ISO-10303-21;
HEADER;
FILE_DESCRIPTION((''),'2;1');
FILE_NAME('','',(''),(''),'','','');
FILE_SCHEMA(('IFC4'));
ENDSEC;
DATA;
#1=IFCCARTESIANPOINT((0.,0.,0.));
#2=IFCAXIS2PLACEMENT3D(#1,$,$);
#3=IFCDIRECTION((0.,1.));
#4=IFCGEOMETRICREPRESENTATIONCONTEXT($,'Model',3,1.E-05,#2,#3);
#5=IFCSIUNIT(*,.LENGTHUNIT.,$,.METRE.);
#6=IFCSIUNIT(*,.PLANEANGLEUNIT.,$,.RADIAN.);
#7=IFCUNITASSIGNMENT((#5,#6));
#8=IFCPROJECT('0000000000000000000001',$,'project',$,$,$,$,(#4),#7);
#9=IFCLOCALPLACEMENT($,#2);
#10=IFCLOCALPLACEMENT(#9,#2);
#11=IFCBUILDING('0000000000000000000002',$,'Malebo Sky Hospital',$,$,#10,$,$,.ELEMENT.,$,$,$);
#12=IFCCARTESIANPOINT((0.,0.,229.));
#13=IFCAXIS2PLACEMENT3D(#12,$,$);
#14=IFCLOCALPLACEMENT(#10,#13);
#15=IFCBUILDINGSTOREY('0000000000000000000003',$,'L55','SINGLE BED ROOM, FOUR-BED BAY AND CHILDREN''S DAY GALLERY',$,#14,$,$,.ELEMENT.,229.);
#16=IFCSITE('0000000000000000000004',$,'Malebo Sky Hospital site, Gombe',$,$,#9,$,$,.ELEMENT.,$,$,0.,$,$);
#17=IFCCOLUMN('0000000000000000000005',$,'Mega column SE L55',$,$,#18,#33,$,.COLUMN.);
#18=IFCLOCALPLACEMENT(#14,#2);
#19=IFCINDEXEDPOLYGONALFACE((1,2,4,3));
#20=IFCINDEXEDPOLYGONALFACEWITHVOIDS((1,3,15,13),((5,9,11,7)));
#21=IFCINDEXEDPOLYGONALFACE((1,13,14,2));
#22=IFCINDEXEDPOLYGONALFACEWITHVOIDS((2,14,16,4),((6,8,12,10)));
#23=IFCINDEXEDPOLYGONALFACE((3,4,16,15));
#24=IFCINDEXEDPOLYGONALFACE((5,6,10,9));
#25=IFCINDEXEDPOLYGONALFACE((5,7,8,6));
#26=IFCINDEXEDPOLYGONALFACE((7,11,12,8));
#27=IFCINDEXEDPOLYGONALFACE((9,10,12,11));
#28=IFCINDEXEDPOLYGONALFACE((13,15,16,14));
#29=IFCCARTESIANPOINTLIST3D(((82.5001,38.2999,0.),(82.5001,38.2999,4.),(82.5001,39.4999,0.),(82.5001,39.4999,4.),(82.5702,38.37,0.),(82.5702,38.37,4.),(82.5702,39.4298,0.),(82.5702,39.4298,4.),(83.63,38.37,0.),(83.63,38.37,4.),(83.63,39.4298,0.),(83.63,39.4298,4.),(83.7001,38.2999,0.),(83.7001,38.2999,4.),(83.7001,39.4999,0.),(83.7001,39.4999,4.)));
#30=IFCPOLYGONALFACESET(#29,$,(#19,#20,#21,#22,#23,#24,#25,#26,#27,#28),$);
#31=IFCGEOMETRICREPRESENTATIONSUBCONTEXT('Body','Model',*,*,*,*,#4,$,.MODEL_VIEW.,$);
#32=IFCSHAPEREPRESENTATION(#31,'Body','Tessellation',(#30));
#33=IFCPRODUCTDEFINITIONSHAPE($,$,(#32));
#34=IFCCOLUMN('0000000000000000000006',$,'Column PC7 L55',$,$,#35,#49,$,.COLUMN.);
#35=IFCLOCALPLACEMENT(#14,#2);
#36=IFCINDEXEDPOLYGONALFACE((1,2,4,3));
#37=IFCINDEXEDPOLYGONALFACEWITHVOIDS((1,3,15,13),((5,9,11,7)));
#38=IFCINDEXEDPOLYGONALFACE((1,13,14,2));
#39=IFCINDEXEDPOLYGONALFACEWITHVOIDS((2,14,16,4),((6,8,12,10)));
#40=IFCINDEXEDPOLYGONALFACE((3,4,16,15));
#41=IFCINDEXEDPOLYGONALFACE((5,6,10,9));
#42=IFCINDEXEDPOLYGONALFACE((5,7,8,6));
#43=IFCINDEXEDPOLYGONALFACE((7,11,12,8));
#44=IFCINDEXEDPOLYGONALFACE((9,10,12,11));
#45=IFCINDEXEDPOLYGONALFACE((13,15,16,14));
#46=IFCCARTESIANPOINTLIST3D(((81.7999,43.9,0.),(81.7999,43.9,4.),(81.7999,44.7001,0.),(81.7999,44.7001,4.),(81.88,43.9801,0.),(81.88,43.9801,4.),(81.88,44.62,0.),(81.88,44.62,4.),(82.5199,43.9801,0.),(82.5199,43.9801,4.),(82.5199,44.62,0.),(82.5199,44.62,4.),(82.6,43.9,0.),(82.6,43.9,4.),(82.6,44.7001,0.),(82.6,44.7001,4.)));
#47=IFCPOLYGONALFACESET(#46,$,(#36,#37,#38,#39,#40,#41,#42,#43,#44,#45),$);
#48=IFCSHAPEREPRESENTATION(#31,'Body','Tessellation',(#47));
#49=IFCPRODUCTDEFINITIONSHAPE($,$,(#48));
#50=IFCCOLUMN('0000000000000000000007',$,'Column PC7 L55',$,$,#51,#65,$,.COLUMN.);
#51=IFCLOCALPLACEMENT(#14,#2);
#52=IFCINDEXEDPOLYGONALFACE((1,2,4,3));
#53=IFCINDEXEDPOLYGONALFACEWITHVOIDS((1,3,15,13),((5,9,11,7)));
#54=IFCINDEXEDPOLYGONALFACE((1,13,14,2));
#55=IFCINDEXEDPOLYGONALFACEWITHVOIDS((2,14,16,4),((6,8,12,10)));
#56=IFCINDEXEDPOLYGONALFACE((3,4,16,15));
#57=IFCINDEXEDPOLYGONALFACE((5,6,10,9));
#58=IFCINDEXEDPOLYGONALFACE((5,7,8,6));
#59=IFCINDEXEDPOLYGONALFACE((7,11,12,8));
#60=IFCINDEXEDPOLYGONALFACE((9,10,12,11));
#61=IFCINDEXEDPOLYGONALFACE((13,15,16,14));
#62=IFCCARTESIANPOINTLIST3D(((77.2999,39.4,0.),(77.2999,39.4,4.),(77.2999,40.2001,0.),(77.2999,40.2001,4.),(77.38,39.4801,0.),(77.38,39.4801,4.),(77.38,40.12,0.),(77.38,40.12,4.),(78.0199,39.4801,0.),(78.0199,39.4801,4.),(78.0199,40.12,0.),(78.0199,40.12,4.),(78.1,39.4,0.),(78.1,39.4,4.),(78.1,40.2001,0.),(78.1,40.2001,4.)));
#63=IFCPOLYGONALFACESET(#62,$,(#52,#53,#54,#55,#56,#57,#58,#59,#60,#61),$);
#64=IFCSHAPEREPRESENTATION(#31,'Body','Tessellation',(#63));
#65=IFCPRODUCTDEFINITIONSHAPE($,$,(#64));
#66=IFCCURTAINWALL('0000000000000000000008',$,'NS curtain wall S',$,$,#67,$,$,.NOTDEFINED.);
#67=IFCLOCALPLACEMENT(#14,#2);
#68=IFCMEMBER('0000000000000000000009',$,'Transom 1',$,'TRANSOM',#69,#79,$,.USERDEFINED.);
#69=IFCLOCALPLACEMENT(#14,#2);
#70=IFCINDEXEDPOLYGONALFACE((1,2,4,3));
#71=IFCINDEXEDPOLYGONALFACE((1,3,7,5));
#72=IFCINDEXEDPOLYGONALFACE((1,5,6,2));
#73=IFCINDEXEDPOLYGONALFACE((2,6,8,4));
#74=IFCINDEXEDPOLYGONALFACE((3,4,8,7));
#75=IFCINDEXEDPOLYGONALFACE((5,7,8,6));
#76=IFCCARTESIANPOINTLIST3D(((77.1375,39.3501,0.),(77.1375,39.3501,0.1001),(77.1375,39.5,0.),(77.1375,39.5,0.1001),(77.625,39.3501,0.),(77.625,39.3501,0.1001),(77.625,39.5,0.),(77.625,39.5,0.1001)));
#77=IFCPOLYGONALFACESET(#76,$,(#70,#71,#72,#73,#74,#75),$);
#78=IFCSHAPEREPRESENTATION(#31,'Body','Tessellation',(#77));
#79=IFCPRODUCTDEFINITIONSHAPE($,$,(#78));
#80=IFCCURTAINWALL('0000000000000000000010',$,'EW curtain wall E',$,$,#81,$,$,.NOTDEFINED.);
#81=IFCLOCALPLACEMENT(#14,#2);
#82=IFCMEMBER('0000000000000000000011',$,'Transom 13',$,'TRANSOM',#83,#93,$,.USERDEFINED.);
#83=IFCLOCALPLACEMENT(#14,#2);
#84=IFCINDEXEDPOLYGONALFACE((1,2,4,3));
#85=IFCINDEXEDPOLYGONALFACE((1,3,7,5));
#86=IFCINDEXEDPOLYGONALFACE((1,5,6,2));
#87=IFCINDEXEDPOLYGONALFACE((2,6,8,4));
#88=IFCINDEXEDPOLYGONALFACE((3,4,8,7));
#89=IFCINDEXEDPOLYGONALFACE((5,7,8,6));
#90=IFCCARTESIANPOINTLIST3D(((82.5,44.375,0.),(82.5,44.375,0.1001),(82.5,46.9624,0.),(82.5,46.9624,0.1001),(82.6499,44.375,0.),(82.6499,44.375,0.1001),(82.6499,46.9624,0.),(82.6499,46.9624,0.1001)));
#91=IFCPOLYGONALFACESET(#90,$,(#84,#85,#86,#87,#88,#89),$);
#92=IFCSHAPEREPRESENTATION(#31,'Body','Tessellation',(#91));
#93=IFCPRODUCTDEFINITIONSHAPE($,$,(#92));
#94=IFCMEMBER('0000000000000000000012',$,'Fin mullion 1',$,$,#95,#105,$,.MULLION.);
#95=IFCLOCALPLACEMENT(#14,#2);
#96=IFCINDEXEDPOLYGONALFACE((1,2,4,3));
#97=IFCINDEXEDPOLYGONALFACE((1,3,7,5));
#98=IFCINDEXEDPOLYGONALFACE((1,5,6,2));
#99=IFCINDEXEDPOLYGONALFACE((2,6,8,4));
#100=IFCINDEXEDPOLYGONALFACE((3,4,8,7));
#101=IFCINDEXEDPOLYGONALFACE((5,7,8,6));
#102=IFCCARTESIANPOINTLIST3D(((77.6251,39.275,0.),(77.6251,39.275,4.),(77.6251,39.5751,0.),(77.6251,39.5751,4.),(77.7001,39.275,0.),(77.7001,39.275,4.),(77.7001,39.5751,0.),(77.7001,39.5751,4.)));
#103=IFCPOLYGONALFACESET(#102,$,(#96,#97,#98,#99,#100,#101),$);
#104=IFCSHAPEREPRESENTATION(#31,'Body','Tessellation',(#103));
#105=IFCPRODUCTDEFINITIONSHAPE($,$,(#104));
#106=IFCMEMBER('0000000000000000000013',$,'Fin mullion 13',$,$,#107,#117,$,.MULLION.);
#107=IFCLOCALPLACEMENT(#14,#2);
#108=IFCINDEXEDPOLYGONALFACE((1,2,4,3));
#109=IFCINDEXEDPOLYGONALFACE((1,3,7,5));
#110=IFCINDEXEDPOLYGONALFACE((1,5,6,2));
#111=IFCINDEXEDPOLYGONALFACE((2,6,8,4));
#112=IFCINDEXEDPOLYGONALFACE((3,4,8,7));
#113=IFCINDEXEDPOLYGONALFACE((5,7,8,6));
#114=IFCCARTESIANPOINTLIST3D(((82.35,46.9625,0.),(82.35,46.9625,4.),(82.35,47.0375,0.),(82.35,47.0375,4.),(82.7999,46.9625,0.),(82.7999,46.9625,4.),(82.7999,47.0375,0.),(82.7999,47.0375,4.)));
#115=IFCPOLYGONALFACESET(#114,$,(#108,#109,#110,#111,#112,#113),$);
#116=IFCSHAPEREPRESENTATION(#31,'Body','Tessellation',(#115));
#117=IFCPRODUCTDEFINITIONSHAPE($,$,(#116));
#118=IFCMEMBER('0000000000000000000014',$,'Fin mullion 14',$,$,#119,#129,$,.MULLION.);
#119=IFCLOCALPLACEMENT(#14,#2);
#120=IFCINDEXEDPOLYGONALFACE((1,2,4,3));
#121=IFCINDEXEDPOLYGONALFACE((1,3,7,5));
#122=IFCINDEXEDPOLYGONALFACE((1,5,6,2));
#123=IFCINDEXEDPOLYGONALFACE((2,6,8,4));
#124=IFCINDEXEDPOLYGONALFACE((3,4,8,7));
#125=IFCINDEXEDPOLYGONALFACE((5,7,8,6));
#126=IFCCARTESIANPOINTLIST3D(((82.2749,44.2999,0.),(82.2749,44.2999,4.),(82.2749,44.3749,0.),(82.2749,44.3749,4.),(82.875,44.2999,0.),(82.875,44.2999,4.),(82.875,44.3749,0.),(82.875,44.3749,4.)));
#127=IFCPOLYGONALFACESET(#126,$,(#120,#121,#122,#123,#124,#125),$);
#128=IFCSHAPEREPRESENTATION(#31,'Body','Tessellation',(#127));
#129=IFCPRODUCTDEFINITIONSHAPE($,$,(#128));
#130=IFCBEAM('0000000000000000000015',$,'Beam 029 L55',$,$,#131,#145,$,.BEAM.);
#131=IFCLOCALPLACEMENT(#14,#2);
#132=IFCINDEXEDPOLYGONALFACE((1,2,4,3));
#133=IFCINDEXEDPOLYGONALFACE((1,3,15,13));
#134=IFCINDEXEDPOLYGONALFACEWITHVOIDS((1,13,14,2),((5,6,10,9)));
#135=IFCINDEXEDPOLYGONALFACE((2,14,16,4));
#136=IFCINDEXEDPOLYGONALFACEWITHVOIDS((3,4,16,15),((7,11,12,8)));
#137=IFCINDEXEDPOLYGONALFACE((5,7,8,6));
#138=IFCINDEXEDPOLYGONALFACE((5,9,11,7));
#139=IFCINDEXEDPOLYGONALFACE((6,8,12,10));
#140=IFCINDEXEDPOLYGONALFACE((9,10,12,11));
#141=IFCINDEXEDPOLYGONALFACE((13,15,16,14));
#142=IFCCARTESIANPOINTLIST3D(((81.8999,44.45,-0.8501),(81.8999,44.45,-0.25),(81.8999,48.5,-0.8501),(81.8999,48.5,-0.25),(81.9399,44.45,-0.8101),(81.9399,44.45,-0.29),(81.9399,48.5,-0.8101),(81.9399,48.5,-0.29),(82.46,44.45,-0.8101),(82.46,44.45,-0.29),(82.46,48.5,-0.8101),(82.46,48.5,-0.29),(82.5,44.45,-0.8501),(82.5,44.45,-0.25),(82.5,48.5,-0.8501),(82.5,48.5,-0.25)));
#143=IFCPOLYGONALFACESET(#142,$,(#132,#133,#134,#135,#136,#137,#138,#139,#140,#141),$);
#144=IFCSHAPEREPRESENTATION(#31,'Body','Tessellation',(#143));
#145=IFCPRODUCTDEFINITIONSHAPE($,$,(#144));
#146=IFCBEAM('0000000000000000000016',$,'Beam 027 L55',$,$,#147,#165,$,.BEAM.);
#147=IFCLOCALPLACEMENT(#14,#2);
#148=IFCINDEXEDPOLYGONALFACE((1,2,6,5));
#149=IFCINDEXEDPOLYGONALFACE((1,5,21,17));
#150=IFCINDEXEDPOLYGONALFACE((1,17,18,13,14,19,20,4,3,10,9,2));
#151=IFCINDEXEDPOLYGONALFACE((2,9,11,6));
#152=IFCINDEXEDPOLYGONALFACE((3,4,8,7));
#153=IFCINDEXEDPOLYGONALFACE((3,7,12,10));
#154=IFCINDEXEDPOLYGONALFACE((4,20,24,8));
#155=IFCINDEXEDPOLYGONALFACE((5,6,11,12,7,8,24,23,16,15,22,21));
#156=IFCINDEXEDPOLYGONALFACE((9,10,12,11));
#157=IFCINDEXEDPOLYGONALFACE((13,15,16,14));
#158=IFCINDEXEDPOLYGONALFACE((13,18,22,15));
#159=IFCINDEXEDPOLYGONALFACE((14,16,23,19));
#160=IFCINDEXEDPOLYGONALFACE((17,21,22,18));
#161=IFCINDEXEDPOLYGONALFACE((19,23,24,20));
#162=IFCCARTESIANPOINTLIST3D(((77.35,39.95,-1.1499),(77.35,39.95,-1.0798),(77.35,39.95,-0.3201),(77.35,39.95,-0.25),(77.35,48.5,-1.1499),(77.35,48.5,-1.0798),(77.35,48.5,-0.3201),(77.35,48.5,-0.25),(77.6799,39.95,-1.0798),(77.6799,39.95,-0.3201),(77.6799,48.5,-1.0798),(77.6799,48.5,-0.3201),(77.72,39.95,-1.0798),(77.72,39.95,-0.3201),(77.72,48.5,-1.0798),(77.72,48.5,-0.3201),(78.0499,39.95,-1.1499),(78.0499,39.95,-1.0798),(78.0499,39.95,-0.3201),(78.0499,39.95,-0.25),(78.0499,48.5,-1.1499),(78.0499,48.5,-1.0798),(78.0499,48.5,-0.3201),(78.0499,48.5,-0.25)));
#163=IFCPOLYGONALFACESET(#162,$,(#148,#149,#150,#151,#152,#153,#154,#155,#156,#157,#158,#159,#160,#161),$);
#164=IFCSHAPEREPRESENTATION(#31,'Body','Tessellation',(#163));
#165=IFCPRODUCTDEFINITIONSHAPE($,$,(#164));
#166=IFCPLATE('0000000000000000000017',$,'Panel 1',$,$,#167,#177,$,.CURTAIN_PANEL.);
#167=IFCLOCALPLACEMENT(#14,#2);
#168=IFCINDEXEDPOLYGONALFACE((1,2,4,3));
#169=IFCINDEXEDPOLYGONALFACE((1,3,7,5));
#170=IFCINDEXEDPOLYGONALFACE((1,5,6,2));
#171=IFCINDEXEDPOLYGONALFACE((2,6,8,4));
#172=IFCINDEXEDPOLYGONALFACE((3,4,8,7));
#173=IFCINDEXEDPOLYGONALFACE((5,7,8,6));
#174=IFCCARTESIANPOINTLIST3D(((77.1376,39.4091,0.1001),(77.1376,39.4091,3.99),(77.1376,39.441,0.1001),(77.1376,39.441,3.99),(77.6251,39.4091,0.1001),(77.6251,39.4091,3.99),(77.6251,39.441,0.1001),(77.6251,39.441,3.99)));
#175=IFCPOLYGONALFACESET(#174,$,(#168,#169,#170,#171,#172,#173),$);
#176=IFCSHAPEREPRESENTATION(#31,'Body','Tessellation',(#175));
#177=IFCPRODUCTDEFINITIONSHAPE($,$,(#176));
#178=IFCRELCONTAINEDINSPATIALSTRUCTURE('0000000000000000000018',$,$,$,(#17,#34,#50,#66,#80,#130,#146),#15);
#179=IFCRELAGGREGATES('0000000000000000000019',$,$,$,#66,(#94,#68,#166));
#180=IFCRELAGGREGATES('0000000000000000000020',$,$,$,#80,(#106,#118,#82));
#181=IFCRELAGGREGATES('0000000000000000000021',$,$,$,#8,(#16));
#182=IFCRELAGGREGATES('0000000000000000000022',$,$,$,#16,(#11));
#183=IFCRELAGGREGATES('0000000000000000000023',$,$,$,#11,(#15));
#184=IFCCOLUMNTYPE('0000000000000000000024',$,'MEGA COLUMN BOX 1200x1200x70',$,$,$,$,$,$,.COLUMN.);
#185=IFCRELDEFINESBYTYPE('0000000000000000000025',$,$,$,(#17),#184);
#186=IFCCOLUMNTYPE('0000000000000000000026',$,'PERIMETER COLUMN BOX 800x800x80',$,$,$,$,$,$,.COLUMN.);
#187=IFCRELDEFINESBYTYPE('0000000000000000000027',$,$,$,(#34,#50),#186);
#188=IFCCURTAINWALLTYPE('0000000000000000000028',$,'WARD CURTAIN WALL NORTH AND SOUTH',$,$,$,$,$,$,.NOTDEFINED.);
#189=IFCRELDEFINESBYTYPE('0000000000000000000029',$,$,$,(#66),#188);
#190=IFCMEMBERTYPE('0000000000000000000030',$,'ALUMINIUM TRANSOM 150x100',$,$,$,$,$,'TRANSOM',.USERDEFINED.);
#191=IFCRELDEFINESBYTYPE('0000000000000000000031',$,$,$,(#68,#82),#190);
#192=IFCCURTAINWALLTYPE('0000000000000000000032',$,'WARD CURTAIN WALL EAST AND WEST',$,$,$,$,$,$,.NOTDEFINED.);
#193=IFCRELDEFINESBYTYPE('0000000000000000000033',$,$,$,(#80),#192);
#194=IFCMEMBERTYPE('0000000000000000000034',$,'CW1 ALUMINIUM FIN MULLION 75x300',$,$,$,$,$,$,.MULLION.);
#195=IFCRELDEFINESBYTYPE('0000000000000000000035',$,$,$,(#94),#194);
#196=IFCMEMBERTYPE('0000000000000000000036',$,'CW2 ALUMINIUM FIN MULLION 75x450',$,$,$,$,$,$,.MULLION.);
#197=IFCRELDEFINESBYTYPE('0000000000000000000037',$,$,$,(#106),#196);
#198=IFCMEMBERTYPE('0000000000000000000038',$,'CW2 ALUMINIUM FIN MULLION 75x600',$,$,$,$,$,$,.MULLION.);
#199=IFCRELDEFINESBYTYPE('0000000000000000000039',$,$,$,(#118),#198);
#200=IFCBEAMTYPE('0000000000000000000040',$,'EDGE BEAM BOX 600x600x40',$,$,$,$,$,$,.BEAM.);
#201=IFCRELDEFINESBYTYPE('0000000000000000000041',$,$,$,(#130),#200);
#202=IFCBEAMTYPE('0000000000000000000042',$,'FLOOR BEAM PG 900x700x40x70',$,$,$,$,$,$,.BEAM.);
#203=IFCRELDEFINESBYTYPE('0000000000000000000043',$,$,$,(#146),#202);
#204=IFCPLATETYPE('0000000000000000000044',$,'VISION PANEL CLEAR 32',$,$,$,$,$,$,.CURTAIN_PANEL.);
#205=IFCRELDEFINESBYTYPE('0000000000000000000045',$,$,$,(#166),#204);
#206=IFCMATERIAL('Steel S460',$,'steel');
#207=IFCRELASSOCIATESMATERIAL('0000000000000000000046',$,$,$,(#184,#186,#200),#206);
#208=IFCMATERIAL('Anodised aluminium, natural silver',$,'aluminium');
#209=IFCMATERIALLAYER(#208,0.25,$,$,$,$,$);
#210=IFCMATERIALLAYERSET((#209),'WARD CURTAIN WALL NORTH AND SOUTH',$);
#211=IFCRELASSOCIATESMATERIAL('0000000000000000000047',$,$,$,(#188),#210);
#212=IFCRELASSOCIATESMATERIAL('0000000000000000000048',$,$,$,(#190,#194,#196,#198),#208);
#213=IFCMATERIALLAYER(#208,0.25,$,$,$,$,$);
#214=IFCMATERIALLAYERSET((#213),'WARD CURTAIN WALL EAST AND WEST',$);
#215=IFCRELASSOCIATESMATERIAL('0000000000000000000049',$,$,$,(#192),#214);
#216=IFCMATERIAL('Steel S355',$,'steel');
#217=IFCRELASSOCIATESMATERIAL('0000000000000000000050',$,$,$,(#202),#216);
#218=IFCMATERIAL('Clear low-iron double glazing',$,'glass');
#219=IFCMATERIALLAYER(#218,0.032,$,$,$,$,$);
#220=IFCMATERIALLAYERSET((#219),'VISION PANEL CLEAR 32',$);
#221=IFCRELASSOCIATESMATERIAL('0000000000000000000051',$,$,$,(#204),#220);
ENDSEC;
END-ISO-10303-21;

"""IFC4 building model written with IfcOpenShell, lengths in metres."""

from ifc_helpers import new_model, si_unit, direction, frame, origin, origin_2d, place, context, subcontext, project, spatial, rectangle, hollow_rectangle, i_section, extrude, material, layer, layer_set, material_profile, profile_set, type_object, element, aggregate, save


model = new_model("IFC4")

# Units and contexts
model_context = context("Model", 3, precision=1e-05, world=origin(), true_north=direction((0.0, 1.0)))
body_context = subcontext(model_context, "Body", "Model", "MODEL_VIEW")
ifc_project = project(units=[si_unit("LENGTHUNIT", "METRE"), si_unit("PLANEANGLEUNIT", "RADIAN")], contexts=[model_context])

# Site, building, storey
site_placement = place(None, origin())
site = spatial("IfcSite", under=ifc_project, at=site_placement, Name="Malebo Sky Hospital site, Gombe", CompositionType="ELEMENT", RefElevation=0.0)
building_placement = place(site_placement, origin())
building = spatial("IfcBuilding", under=site, at=building_placement, Name="Malebo Sky Hospital", CompositionType="ELEMENT")
storey_placement = place(building_placement, frame((0.0, 0.0, 229.0)))
storey = spatial("IfcBuildingStorey", under=building, at=storey_placement, Name="L55", Description="SINGLE BED ROOM, FOUR-BED BAY AND CHILDREN'S DAY GALLERY", CompositionType="ELEMENT", Elevation=229.0)

# Columns
ifc_material_1 = material(Name="Steel S460", Category="steel")
ifc_material_profile_1 = material_profile(ifc_material_1, hollow_rectangle(XDim=1.2, YDim=1.2, WallThickness=0.0701, at=origin_2d()), Name="BOX 1200x1200x70")
ifc_profile_set_1 = profile_set([ifc_material_profile_1], Name="Steel S460")
column_type_1 = type_object("IfcColumnType", Name="MEGA COLUMN BOX 1200x1200x70", PredefinedType="COLUMN", material=ifc_profile_set_1)
column_placement = place(storey_placement, frame((83.1001, 38.8999, 0.0), z_axis=(0.0, 0.0, 1.0), x_axis=(1.0, 0.0, 0.0)))
element("IfcColumn", 1, at=column_placement, inside=storey, type_object=column_type_1, Name="Mega column SE L55", PredefinedType="COLUMN", context=body_context, shape_type="SweptSolid", body=[
    extrude(hollow_rectangle(XDim=1.2, YDim=1.2, WallThickness=0.0701, at=origin_2d()), origin(), (0.0, 0.0, 1.0), 4.0),
])
ifc_material_profile_2 = material_profile(ifc_material_1, hollow_rectangle(XDim=0.8, YDim=0.8, WallThickness=0.0801, at=origin_2d()), Name="BOX 800x800x80")
ifc_profile_set_2 = profile_set([ifc_material_profile_2], Name="Steel S460")
column_type_2 = type_object("IfcColumnType", Name="PERIMETER COLUMN BOX 800x800x80", PredefinedType="COLUMN", material=ifc_profile_set_2)
for number, where, z_axis, x_axis, name in (
    (2, (82.2, 44.3, 0.0), (0.0, 0.0, 1.0), (1.0, 0.0, 0.0), "Column PC7 L55"),
    (3, (77.7, 39.8, 0.0), (0.0, 0.0, 1.0), (1.0, 0.0, 0.0), "Column PC7 L55"),
):
    element("IfcColumn", number, at=place(storey_placement, frame(where, z_axis=z_axis, x_axis=x_axis)), inside=storey, type_object=column_type_2, Name=name, PredefinedType="COLUMN", context=body_context, shape_type="SweptSolid", body=[
        extrude(hollow_rectangle(XDim=0.8, YDim=0.8, WallThickness=0.0801, at=origin_2d()), origin(), (0.0, 0.0, 1.0), 4.0),
    ])

# Curtain walls, members
ifc_material_2 = material(Name="Anodised aluminium, natural silver", Category="aluminium")
ifc_layer_1 = layer(ifc_material_2, 0.25)
ifc_layer_set_1 = layer_set([ifc_layer_1], Name="WARD CURTAIN WALL NORTH AND SOUTH")
curtain_wall_type_1 = type_object("IfcCurtainWallType", Name="WARD CURTAIN WALL NORTH AND SOUTH", PredefinedType="NOTDEFINED", material=ifc_layer_set_1)
curtain_wall_1_placement = place(storey_placement, origin())
curtain_wall_1 = element("IfcCurtainWall", 4, at=curtain_wall_1_placement, inside=storey, type_object=curtain_wall_type_1, Name="NS curtain wall S", PredefinedType="NOTDEFINED")
ifc_material_profile_3 = material_profile(ifc_material_2, rectangle(XDim=0.1499, YDim=0.1001, at=origin_2d()), Name="ALUMINIUM TRANSOM 150x100")
ifc_profile_set_3 = profile_set([ifc_material_profile_3], Name="Anodised aluminium, natural silver")
member_type_1 = type_object("IfcMemberType", Name="ALUMINIUM TRANSOM 150x100", ElementType="TRANSOM", PredefinedType="USERDEFINED", material=ifc_profile_set_3)
member_1_placement = place(storey_placement, frame((77.625, 39.425, 0.05), z_axis=(-1.0, 0.0, 0.0), x_axis=(0.0, -1.0, 0.0)))
member_1 = element("IfcMember", 5, at=member_1_placement, type_object=member_type_1, Name="Transom 1", ObjectType="TRANSOM", PredefinedType="USERDEFINED", context=body_context, shape_type="SweptSolid", body=[
    extrude(rectangle(XDim=0.1499, YDim=0.1001, at=origin_2d()), origin(), (0.0, 0.0, 1.0), 0.4875),
])
ifc_layer_2 = layer(ifc_material_2, 0.25)
ifc_layer_set_2 = layer_set([ifc_layer_2], Name="WARD CURTAIN WALL EAST AND WEST")
curtain_wall_type_2 = type_object("IfcCurtainWallType", Name="WARD CURTAIN WALL EAST AND WEST", PredefinedType="NOTDEFINED", material=ifc_layer_set_2)
curtain_wall_2_placement = place(storey_placement, origin())
curtain_wall_2 = element("IfcCurtainWall", 6, at=curtain_wall_2_placement, inside=storey, type_object=curtain_wall_type_2, Name="EW curtain wall E", PredefinedType="NOTDEFINED")
member_2_placement = place(storey_placement, frame((82.575, 46.9624, 0.05), z_axis=(0.0, -1.0, 0.0), x_axis=(1.0, 0.0, 0.0)))
member_2 = element("IfcMember", 7, at=member_2_placement, type_object=member_type_1, Name="Transom 13", ObjectType="TRANSOM", PredefinedType="USERDEFINED", context=body_context, shape_type="SweptSolid", body=[
    extrude(rectangle(XDim=0.1499, YDim=0.1001, at=origin_2d()), origin(), (0.0, 0.0, 1.0), 2.5874),
])

# Members
ifc_material_profile_4 = material_profile(ifc_material_2, rectangle(XDim=0.075, YDim=0.3, at=origin_2d()), Name="CW1 ALUMINIUM FIN MULLION 75x300")
ifc_profile_set_4 = profile_set([ifc_material_profile_4], Name="Anodised aluminium, natural silver")
member_type_2 = type_object("IfcMemberType", Name="CW1 ALUMINIUM FIN MULLION 75x300", PredefinedType="MULLION", material=ifc_profile_set_4)
member_3_placement = place(storey_placement, frame((77.6626, 39.425, 0.0), z_axis=(0.0, 0.0, 1.0), x_axis=(-1.0, 0.0, 0.0)))
member_3 = element("IfcMember", 8, at=member_3_placement, type_object=member_type_2, Name="Fin mullion 1", PredefinedType="MULLION", context=body_context, shape_type="SweptSolid", body=[
    extrude(rectangle(XDim=0.075, YDim=0.3, at=origin_2d()), origin(), (0.0, 0.0, 1.0), 4.0),
])
ifc_material_profile_5 = material_profile(ifc_material_2, rectangle(XDim=0.075, YDim=0.45, at=origin_2d()), Name="CW2 ALUMINIUM FIN MULLION 75x450")
ifc_profile_set_5 = profile_set([ifc_material_profile_5], Name="Anodised aluminium, natural silver")
member_type_3 = type_object("IfcMemberType", Name="CW2 ALUMINIUM FIN MULLION 75x450", PredefinedType="MULLION", material=ifc_profile_set_5)
member_4_placement = place(storey_placement, frame((82.575, 47.0, 0.0), z_axis=(0.0, 0.0, 1.0), x_axis=(0.0, -1.0, 0.0)))
member_4 = element("IfcMember", 9, at=member_4_placement, type_object=member_type_3, Name="Fin mullion 13", PredefinedType="MULLION", context=body_context, shape_type="SweptSolid", body=[
    extrude(rectangle(XDim=0.075, YDim=0.45, at=origin_2d()), origin(), (0.0, 0.0, 1.0), 4.0),
])
ifc_material_profile_6 = material_profile(ifc_material_2, rectangle(XDim=0.075, YDim=0.6001, at=origin_2d()), Name="CW2 ALUMINIUM FIN MULLION 75x600")
ifc_profile_set_6 = profile_set([ifc_material_profile_6], Name="Anodised aluminium, natural silver")
member_type_4 = type_object("IfcMemberType", Name="CW2 ALUMINIUM FIN MULLION 75x600", PredefinedType="MULLION", material=ifc_profile_set_6)
member_5_placement = place(storey_placement, frame((82.575, 44.3374, 0.0), z_axis=(0.0, 0.0, 1.0), x_axis=(0.0, -1.0, 0.0)))
member_5 = element("IfcMember", 10, at=member_5_placement, type_object=member_type_4, Name="Fin mullion 14", PredefinedType="MULLION", context=body_context, shape_type="SweptSolid", body=[
    extrude(rectangle(XDim=0.075, YDim=0.6001, at=origin_2d()), origin(), (0.0, 0.0, 1.0), 4.0),
])

# Beams
ifc_material_profile_7 = material_profile(ifc_material_1, hollow_rectangle(XDim=0.6001, YDim=0.6001, WallThickness=0.04, at=origin_2d()), Name="BOX 600x600x40")
ifc_profile_set_7 = profile_set([ifc_material_profile_7], Name="Steel S460")
beam_type_1 = type_object("IfcBeamType", Name="EDGE BEAM BOX 600x600x40", PredefinedType="BEAM", material=ifc_profile_set_7)
beam_1_placement = place(storey_placement, frame((82.2, 44.45, -0.55), z_axis=(0.0, 1.0, 0.0), x_axis=(-1.0, 0.0, 0.0)))
element("IfcBeam", 11, at=beam_1_placement, inside=storey, type_object=beam_type_1, Name="Beam 029 L55", PredefinedType="BEAM", context=body_context, shape_type="SweptSolid", body=[
    extrude(hollow_rectangle(XDim=0.6001, YDim=0.6001, WallThickness=0.04, at=origin_2d()), origin(), (0.0, 0.0, 1.0), 4.05),
])
ifc_material_3 = material(Name="Steel S355", Category="steel")
ifc_material_profile_8 = material_profile(ifc_material_3, i_section(OverallWidth=0.7, OverallDepth=0.8999, WebThickness=0.04, FlangeThickness=0.0701, at=origin_2d()), Name="PG 900x700x40x70")
ifc_profile_set_8 = profile_set([ifc_material_profile_8], Name="Steel S355")
beam_type_2 = type_object("IfcBeamType", Name="FLOOR BEAM PG 900x700x40x70", PredefinedType="BEAM", material=ifc_profile_set_8)
beam_2_placement = place(storey_placement, frame((77.7, 39.95, -0.7), z_axis=(0.0, 1.0, 0.0), x_axis=(-1.0, 0.0, 0.0)))
element("IfcBeam", 12, at=beam_2_placement, inside=storey, type_object=beam_type_2, Name="Beam 027 L55", PredefinedType="BEAM", context=body_context, shape_type="SweptSolid", body=[
    extrude(i_section(OverallWidth=0.7, OverallDepth=0.8999, WebThickness=0.04, FlangeThickness=0.0701, at=origin_2d()), origin(), (0.0, 0.0, 1.0), 8.55),
])

# Plate
ifc_material_4 = material(Name="Clear low-iron double glazing", Category="glass")
ifc_layer_3 = layer(ifc_material_4, 0.032)
ifc_layer_set_3 = layer_set([ifc_layer_3], Name="VISION PANEL CLEAR 32")
plate_type = type_object("IfcPlateType", Name="VISION PANEL CLEAR 32", PredefinedType="CURTAIN_PANEL", material=ifc_layer_set_3)
plate_1_placement = place(storey_placement, frame((77.3813, 39.425, 0.1001), z_axis=(0.0, 0.0, 1.0), x_axis=(-1.0, 0.0, 0.0)))
plate_1 = element("IfcPlate", 13, at=plate_1_placement, type_object=plate_type, Name="Panel 1", PredefinedType="CURTAIN_PANEL", context=body_context, shape_type="SweptSolid", body=[
    extrude(rectangle(XDim=0.4875, YDim=0.032, at=origin_2d()), origin(), (0.0, 0.0, 1.0), 3.8899),
])
aggregate(curtain_wall_1, [member_3, member_1, plate_1])
aggregate(curtain_wall_2, [member_4, member_5, member_2])

save(model, "model.ifc")
